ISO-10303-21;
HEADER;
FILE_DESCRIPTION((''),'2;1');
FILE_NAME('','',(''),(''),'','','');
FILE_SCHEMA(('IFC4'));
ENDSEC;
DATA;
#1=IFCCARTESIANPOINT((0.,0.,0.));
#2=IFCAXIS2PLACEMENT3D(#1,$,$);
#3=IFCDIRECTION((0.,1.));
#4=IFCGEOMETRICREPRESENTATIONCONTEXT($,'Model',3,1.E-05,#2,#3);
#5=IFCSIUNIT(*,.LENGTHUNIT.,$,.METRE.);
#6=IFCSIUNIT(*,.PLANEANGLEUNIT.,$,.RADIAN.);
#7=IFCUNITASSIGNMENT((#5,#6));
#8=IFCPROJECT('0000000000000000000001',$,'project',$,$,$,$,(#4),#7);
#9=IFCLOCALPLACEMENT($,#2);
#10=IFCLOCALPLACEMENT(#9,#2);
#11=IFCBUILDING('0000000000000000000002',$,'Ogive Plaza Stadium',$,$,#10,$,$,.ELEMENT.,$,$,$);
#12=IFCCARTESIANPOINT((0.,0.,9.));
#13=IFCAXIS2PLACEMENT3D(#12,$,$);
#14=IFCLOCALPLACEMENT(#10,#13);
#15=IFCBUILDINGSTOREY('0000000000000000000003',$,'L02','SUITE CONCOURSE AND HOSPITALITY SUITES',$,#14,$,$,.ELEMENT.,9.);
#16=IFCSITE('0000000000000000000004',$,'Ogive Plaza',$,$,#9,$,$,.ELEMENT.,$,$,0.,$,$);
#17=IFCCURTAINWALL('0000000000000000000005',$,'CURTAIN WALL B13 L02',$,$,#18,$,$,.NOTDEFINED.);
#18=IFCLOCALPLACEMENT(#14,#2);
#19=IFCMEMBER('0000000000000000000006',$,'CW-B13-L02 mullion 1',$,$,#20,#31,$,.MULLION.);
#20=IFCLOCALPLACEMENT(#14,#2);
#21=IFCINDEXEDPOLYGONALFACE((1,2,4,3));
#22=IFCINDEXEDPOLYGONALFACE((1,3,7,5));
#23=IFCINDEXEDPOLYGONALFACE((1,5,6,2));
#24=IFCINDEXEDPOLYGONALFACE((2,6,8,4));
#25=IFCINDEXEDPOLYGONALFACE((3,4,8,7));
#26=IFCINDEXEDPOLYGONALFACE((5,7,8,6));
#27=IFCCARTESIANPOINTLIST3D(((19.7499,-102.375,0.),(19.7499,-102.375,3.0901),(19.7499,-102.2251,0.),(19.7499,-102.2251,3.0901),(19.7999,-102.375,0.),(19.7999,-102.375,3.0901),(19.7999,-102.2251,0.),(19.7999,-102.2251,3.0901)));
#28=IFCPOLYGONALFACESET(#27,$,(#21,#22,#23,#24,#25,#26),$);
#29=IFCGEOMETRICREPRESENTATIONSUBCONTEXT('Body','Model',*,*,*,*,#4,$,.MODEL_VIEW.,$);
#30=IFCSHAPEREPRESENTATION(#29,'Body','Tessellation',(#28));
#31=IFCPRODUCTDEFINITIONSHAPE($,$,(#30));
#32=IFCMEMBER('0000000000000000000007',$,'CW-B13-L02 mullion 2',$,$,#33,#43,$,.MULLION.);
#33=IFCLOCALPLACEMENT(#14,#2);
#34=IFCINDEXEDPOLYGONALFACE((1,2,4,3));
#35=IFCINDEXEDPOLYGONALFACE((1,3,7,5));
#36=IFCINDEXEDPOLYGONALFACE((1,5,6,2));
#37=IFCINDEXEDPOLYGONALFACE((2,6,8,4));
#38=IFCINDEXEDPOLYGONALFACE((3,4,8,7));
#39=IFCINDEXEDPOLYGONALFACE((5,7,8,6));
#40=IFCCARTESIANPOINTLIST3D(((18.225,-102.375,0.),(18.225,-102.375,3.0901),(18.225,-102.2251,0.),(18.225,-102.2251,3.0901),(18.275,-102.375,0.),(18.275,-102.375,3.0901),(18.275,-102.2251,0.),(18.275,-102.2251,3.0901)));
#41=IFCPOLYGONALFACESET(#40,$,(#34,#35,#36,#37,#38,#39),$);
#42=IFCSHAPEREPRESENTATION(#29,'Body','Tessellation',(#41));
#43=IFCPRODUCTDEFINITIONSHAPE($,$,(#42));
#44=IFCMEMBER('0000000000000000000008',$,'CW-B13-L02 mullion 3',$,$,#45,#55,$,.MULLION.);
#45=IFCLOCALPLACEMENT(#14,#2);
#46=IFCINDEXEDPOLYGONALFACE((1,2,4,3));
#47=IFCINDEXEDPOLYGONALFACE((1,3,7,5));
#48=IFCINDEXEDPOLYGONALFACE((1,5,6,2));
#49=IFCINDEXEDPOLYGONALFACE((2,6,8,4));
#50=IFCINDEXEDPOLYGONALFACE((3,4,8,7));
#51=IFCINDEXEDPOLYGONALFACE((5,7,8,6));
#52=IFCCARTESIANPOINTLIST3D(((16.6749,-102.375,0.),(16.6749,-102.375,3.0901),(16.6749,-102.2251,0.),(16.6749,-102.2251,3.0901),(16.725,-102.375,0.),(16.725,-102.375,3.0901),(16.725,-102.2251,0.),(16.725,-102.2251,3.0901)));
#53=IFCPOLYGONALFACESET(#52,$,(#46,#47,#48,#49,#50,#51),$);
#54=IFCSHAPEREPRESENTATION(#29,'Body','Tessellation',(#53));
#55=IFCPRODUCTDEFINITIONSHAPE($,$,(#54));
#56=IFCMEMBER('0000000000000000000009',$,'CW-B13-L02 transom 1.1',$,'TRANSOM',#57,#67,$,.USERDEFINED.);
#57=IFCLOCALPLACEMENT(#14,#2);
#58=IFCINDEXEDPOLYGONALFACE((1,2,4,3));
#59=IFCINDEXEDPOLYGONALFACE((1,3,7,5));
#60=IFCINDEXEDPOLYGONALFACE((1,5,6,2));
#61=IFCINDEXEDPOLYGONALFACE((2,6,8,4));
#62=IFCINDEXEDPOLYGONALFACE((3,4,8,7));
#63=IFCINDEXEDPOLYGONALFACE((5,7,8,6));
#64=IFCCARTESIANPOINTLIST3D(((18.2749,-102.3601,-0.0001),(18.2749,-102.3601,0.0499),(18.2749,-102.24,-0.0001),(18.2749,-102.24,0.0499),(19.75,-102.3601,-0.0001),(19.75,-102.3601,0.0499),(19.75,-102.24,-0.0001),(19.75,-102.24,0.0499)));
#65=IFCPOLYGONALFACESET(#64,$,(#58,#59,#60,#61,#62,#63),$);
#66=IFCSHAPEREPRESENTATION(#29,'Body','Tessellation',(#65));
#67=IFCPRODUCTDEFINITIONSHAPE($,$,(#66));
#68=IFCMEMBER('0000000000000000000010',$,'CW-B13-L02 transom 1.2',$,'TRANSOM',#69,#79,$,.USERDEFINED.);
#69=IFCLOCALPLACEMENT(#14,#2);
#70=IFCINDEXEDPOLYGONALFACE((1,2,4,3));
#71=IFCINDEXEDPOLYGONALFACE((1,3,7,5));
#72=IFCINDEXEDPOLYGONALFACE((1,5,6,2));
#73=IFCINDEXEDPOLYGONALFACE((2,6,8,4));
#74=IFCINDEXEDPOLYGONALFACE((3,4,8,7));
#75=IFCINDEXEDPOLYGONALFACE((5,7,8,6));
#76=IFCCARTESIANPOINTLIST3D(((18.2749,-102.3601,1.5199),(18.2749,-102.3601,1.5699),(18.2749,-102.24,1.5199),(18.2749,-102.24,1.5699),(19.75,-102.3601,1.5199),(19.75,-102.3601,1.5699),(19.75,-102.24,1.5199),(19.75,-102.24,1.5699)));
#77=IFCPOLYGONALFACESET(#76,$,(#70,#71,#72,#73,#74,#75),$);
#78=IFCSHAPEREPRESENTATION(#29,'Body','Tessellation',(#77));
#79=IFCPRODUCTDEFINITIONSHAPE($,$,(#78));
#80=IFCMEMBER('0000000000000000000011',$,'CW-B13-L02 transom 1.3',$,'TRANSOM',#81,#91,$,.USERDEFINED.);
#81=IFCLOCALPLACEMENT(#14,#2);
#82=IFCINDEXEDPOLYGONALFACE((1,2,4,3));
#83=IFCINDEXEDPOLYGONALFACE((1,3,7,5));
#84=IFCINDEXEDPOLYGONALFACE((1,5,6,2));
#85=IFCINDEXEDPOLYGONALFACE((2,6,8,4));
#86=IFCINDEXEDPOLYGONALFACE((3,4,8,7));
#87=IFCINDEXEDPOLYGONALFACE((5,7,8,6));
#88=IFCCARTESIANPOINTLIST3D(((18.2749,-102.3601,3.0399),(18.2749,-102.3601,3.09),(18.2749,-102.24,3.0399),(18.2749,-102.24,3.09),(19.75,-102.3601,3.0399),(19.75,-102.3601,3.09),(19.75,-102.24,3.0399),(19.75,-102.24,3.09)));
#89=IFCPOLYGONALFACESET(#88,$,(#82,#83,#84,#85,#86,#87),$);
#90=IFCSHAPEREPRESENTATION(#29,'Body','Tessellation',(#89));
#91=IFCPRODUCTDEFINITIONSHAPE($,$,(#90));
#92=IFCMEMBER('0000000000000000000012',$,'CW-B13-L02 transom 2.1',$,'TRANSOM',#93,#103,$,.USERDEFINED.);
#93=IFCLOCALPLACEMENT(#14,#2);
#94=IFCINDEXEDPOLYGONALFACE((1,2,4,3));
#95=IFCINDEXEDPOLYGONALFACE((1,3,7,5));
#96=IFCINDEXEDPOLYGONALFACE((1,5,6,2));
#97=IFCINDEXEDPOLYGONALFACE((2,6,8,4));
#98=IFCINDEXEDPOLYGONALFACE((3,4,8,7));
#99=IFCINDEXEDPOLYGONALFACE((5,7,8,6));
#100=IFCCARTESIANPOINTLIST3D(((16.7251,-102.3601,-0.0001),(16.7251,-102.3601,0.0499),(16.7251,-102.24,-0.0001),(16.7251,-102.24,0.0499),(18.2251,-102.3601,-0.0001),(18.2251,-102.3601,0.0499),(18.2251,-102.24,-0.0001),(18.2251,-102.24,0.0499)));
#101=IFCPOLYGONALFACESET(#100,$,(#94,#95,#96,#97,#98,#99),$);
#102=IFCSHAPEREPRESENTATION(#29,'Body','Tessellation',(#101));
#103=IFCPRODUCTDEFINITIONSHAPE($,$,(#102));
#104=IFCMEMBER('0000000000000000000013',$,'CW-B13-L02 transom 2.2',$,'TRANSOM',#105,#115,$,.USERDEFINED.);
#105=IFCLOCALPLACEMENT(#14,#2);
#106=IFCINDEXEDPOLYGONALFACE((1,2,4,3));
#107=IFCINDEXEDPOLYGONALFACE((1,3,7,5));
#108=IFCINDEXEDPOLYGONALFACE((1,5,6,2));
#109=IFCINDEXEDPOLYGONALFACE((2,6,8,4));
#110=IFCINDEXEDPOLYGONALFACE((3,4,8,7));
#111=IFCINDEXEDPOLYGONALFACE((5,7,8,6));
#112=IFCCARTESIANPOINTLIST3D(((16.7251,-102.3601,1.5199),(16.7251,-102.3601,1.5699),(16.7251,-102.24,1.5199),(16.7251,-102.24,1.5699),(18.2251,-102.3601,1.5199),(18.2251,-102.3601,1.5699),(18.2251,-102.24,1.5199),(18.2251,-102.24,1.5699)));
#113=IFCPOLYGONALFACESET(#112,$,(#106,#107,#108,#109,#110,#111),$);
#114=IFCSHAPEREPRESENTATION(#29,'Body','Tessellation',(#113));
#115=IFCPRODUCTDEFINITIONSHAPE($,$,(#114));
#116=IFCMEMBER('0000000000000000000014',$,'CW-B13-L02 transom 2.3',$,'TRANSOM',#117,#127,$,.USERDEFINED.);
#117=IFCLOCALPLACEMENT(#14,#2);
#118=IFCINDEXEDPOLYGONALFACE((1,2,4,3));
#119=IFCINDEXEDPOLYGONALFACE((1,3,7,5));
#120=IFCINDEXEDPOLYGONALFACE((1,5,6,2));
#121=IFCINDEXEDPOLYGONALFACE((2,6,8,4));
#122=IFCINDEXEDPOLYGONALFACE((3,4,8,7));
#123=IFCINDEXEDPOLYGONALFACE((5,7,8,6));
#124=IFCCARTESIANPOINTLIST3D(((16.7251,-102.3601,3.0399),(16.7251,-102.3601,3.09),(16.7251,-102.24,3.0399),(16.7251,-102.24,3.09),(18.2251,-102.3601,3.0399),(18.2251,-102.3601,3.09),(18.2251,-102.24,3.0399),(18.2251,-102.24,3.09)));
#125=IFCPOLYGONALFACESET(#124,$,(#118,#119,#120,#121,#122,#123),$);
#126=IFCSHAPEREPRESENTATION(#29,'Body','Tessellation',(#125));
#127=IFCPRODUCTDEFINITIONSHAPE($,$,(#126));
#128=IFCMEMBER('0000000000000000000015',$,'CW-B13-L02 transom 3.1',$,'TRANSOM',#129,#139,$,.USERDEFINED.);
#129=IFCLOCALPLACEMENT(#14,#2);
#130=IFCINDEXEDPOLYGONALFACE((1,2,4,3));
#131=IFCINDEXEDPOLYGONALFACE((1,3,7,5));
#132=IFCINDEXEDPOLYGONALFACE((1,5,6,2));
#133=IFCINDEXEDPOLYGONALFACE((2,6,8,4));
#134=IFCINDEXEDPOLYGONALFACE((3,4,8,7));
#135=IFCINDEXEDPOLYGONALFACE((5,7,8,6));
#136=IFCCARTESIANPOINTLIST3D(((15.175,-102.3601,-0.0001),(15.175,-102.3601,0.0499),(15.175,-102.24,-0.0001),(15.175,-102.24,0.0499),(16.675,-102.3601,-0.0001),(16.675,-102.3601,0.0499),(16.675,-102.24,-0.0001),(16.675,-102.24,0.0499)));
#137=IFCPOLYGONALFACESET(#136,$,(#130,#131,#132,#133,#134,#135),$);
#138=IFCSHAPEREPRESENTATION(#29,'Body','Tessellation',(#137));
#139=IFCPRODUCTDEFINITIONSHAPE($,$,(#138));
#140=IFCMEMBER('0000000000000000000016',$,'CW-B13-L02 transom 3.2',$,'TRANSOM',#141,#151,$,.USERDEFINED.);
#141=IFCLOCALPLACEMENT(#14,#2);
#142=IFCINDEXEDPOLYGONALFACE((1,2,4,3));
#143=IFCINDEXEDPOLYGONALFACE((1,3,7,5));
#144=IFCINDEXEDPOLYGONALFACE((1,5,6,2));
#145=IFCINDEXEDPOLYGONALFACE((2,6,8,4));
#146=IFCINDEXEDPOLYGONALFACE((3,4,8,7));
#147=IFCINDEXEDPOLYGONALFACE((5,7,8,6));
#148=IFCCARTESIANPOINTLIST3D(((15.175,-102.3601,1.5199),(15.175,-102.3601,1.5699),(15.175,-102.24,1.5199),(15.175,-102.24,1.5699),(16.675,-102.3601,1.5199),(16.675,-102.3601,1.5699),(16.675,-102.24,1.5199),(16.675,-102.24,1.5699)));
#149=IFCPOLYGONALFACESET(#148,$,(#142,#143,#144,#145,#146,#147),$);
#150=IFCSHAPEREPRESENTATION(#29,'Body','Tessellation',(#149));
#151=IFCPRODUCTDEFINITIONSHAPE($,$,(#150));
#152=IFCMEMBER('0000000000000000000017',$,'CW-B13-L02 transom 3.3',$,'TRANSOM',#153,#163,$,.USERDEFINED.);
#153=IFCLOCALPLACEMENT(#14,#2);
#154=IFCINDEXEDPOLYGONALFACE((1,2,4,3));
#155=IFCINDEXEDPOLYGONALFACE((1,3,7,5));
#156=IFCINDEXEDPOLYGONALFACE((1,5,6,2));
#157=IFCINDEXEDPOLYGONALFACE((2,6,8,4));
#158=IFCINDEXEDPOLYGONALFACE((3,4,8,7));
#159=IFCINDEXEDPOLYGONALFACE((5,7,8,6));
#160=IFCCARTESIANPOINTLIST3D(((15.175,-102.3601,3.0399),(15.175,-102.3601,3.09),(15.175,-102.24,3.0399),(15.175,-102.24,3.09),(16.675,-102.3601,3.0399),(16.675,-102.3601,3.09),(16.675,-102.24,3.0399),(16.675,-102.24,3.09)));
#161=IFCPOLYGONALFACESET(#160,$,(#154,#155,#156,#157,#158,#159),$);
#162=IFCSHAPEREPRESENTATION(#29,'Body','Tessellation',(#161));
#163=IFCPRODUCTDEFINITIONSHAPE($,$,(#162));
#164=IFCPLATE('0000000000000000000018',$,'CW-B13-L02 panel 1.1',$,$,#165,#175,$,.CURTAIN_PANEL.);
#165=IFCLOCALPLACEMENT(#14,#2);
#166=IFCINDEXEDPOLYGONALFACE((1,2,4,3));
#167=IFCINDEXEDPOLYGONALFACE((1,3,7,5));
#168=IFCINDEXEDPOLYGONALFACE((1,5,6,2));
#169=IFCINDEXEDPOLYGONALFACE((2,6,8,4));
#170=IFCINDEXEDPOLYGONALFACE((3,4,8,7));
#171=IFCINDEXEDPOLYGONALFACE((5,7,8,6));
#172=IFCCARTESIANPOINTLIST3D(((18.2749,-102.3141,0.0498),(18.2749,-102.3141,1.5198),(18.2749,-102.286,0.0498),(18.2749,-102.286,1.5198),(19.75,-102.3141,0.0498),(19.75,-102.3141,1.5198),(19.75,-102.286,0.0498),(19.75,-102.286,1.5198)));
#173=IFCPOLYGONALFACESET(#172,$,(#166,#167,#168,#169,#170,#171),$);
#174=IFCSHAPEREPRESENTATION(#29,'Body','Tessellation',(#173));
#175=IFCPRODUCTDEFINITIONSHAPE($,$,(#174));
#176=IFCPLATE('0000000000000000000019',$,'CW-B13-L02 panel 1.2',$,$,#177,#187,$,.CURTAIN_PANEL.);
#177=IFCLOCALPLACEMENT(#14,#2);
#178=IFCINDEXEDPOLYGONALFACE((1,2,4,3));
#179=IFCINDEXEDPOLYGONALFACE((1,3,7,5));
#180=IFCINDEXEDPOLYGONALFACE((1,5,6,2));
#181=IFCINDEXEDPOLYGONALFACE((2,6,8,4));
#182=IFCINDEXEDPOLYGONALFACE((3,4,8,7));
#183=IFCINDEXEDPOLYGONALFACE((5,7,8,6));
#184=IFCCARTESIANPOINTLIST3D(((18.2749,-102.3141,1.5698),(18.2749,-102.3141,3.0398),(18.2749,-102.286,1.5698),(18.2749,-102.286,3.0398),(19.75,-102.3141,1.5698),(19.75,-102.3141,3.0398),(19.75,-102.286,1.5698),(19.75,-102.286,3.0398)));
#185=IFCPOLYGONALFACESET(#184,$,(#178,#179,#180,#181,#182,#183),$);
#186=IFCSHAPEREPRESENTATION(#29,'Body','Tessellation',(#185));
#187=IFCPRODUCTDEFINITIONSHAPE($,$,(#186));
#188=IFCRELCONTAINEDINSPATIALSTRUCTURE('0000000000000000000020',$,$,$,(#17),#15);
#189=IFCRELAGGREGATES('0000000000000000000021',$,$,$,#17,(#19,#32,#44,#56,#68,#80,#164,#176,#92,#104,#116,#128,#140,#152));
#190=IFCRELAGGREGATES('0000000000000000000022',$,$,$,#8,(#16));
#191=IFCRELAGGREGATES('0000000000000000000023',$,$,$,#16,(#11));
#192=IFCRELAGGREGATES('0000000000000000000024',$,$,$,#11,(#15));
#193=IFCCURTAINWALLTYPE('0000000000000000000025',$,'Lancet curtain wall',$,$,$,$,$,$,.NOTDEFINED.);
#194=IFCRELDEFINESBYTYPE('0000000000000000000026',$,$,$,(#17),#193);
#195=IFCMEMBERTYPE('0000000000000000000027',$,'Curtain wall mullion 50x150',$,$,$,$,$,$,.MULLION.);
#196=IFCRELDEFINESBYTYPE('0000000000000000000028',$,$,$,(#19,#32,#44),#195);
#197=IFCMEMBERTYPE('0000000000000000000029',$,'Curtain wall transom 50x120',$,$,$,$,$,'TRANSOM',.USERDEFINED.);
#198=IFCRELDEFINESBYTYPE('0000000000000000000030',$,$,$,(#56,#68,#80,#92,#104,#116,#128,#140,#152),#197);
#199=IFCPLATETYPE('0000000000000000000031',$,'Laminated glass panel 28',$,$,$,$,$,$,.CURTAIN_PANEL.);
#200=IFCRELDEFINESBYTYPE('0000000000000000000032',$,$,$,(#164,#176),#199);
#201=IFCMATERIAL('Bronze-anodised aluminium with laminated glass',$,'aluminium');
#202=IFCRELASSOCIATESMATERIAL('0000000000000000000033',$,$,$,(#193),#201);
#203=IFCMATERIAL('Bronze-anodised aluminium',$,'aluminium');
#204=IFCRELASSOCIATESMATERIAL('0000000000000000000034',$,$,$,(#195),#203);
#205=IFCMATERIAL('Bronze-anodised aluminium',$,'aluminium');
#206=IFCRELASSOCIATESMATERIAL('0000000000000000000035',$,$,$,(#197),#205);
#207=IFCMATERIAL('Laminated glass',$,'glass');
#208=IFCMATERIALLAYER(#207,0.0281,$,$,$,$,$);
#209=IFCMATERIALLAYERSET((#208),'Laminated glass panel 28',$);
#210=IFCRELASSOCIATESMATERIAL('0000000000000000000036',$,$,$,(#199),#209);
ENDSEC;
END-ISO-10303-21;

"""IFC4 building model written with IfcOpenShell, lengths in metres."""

from ifc_helpers import new_model, si_unit, direction, frame, origin, origin_2d, place, context, subcontext, project, spatial, rectangle, extrude, material, layer, layer_set, material_profile, profile_set, type_object, element, aggregate, save


model = new_model("IFC4")

# Units and contexts
model_context = context("Model", 3, precision=1e-05, world=origin(), true_north=direction((0.0, 1.0)))
body_context = subcontext(model_context, "Body", "Model", "MODEL_VIEW")
ifc_project = project(units=[si_unit("LENGTHUNIT", "METRE"), si_unit("PLANEANGLEUNIT", "RADIAN")], contexts=[model_context])

# Site, building, storey
site_placement = place(None, origin())
site = spatial("IfcSite", under=ifc_project, at=site_placement, Name="Ogive Plaza", CompositionType="ELEMENT", RefElevation=0.0)
building_placement = place(site_placement, origin())
building = spatial("IfcBuilding", under=site, at=building_placement, Name="Ogive Plaza Stadium", CompositionType="ELEMENT")
storey_placement = place(building_placement, frame((0.0, 0.0, 9.0)))
storey = spatial("IfcBuildingStorey", under=building, at=storey_placement, Name="L02", Description="SUITE CONCOURSE AND HOSPITALITY SUITES", CompositionType="ELEMENT", Elevation=9.0)

# Curtain wall, members, plates
ifc_material_1 = material(Name="Bronze-anodised aluminium with laminated glass", Category="aluminium")
curtain_wall_type = type_object("IfcCurtainWallType", Name="Lancet curtain wall", PredefinedType="NOTDEFINED", material=ifc_material_1)
curtain_wall_placement = place(storey_placement, origin())
curtain_wall = element("IfcCurtainWall", 1, at=curtain_wall_placement, inside=storey, type_object=curtain_wall_type, Name="CURTAIN WALL B13 L02", PredefinedType="NOTDEFINED")
ifc_material_2 = material(Name="Bronze-anodised aluminium", Category="aluminium")
ifc_material_profile_1 = material_profile(ifc_material_2, rectangle(XDim=0.1499, YDim=0.05, at=origin_2d()), Name="AL 150x50")
ifc_profile_set_1 = profile_set([ifc_material_profile_1], Name="Bronze-anodised aluminium")
member_type_1 = type_object("IfcMemberType", Name="Curtain wall mullion 50x150", PredefinedType="MULLION", material=ifc_profile_set_1)
member_1_placement = place(storey_placement, frame((19.7749, -102.3, 0.0), z_axis=(0.0, 0.0, 1.0), x_axis=(0.0, -1.0, 0.0)))
member_1 = element("IfcMember", 2, at=member_1_placement, type_object=member_type_1, Name="CW-B13-L02 mullion 1", PredefinedType="MULLION", context=body_context, shape_type="SweptSolid", body=[
    extrude(rectangle(XDim=0.1499, YDim=0.05, at=origin_2d()), origin(), (0.0, 0.0, 1.0), 3.0901),
])
member_2_placement = place(storey_placement, frame((18.25, -102.3, 0.0), z_axis=(0.0, 0.0, 1.0), x_axis=(0.0, -1.0, 0.0)))
member_2 = element("IfcMember", 3, at=member_2_placement, type_object=member_type_1, Name="CW-B13-L02 mullion 2", PredefinedType="MULLION", context=body_context, shape_type="SweptSolid", body=[
    extrude(rectangle(XDim=0.1499, YDim=0.05, at=origin_2d()), origin(), (0.0, 0.0, 1.0), 3.0901),
])
member_3_placement = place(storey_placement, frame((16.7, -102.3, 0.0), z_axis=(0.0, 0.0, 1.0), x_axis=(0.0, -1.0, 0.0)))
member_3 = element("IfcMember", 4, at=member_3_placement, type_object=member_type_1, Name="CW-B13-L02 mullion 3", PredefinedType="MULLION", context=body_context, shape_type="SweptSolid", body=[
    extrude(rectangle(XDim=0.1499, YDim=0.05, at=origin_2d()), origin(), (0.0, 0.0, 1.0), 3.0901),
])
ifc_material_3 = material(Name="Bronze-anodised aluminium", Category="aluminium")
ifc_material_profile_2 = material_profile(ifc_material_3, rectangle(XDim=0.1201, YDim=0.05, at=origin_2d()), Name="AL 120x50")
ifc_profile_set_2 = profile_set([ifc_material_profile_2], Name="Bronze-anodised aluminium")
member_type_2 = type_object("IfcMemberType", Name="Curtain wall transom 50x120", ElementType="TRANSOM", PredefinedType="USERDEFINED", material=ifc_profile_set_2)
member_4_placement = place(storey_placement, frame((19.75, -102.3, 0.0249), z_axis=(-1.0, 0.0, 0.0), x_axis=(0.0, -1.0, 0.0)))
member_4 = element("IfcMember", 5, at=member_4_placement, type_object=member_type_2, Name="CW-B13-L02 transom 1.1", ObjectType="TRANSOM", PredefinedType="USERDEFINED", context=body_context, shape_type="SweptSolid", body=[
    extrude(rectangle(XDim=0.1201, YDim=0.05, at=origin_2d()), origin(), (0.0, 0.0, 1.0), 1.4751),
])
member_5_placement = place(storey_placement, frame((19.75, -102.3, 1.5449), z_axis=(-1.0, 0.0, 0.0), x_axis=(0.0, -1.0, 0.0)))
member_5 = element("IfcMember", 6, at=member_5_placement, type_object=member_type_2, Name="CW-B13-L02 transom 1.2", ObjectType="TRANSOM", PredefinedType="USERDEFINED", context=body_context, shape_type="SweptSolid", body=[
    extrude(rectangle(XDim=0.1201, YDim=0.05, at=origin_2d()), origin(), (0.0, 0.0, 1.0), 1.4751),
])
member_6_placement = place(storey_placement, frame((19.75, -102.3, 3.0649), z_axis=(-1.0, 0.0, 0.0), x_axis=(0.0, -1.0, 0.0)))
member_6 = element("IfcMember", 7, at=member_6_placement, type_object=member_type_2, Name="CW-B13-L02 transom 1.3", ObjectType="TRANSOM", PredefinedType="USERDEFINED", context=body_context, shape_type="SweptSolid", body=[
    extrude(rectangle(XDim=0.1201, YDim=0.05, at=origin_2d()), origin(), (0.0, 0.0, 1.0), 1.4751),
])
member_7_placement = place(storey_placement, frame((18.2251, -102.3, 0.0249), z_axis=(-1.0, 0.0, 0.0), x_axis=(0.0, -1.0, 0.0)))
member_7 = element("IfcMember", 8, at=member_7_placement, type_object=member_type_2, Name="CW-B13-L02 transom 2.1", ObjectType="TRANSOM", PredefinedType="USERDEFINED", context=body_context, shape_type="SweptSolid", body=[
    extrude(rectangle(XDim=0.1201, YDim=0.05, at=origin_2d()), origin(), (0.0, 0.0, 1.0), 1.5),
])
member_8_placement = place(storey_placement, frame((18.2251, -102.3, 1.5449), z_axis=(-1.0, 0.0, 0.0), x_axis=(0.0, -1.0, 0.0)))
member_8 = element("IfcMember", 9, at=member_8_placement, type_object=member_type_2, Name="CW-B13-L02 transom 2.2", ObjectType="TRANSOM", PredefinedType="USERDEFINED", context=body_context, shape_type="SweptSolid", body=[
    extrude(rectangle(XDim=0.1201, YDim=0.05, at=origin_2d()), origin(), (0.0, 0.0, 1.0), 1.5),
])
member_9_placement = place(storey_placement, frame((18.2251, -102.3, 3.0649), z_axis=(-1.0, 0.0, 0.0), x_axis=(0.0, -1.0, 0.0)))
member_9 = element("IfcMember", 10, at=member_9_placement, type_object=member_type_2, Name="CW-B13-L02 transom 2.3", ObjectType="TRANSOM", PredefinedType="USERDEFINED", context=body_context, shape_type="SweptSolid", body=[
    extrude(rectangle(XDim=0.1201, YDim=0.05, at=origin_2d()), origin(), (0.0, 0.0, 1.0), 1.5),
])
member_10_placement = place(storey_placement, frame((16.675, -102.3, 0.0249), z_axis=(-1.0, 0.0, 0.0), x_axis=(0.0, -1.0, 0.0)))
member_10 = element("IfcMember", 11, at=member_10_placement, type_object=member_type_2, Name="CW-B13-L02 transom 3.1", ObjectType="TRANSOM", PredefinedType="USERDEFINED", context=body_context, shape_type="SweptSolid", body=[
    extrude(rectangle(XDim=0.1201, YDim=0.05, at=origin_2d()), origin(), (0.0, 0.0, 1.0), 1.5),
])
member_11_placement = place(storey_placement, frame((16.675, -102.3, 1.5449), z_axis=(-1.0, 0.0, 0.0), x_axis=(0.0, -1.0, 0.0)))
member_11 = element("IfcMember", 12, at=member_11_placement, type_object=member_type_2, Name="CW-B13-L02 transom 3.2", ObjectType="TRANSOM", PredefinedType="USERDEFINED", context=body_context, shape_type="SweptSolid", body=[
    extrude(rectangle(XDim=0.1201, YDim=0.05, at=origin_2d()), origin(), (0.0, 0.0, 1.0), 1.5),
])
member_12_placement = place(storey_placement, frame((16.675, -102.3, 3.0649), z_axis=(-1.0, 0.0, 0.0), x_axis=(0.0, -1.0, 0.0)))
member_12 = element("IfcMember", 13, at=member_12_placement, type_object=member_type_2, Name="CW-B13-L02 transom 3.3", ObjectType="TRANSOM", PredefinedType="USERDEFINED", context=body_context, shape_type="SweptSolid", body=[
    extrude(rectangle(XDim=0.1201, YDim=0.05, at=origin_2d()), origin(), (0.0, 0.0, 1.0), 1.5),
])
ifc_material_4 = material(Name="Laminated glass", Category="glass")
ifc_layer_1 = layer(ifc_material_4, 0.0281)
ifc_layer_set_1 = layer_set([ifc_layer_1], Name="Laminated glass panel 28")
plate_type = type_object("IfcPlateType", Name="Laminated glass panel 28", PredefinedType="CURTAIN_PANEL", material=ifc_layer_set_1)
plate_1_placement = place(storey_placement, frame((19.0125, -102.3, 0.0498), z_axis=(0.0, 0.0, 1.0), x_axis=(-1.0, 0.0, 0.0)))
plate_1 = element("IfcPlate", 14, at=plate_1_placement, type_object=plate_type, Name="CW-B13-L02 panel 1.1", PredefinedType="CURTAIN_PANEL", context=body_context, shape_type="SweptSolid", body=[
    extrude(rectangle(XDim=1.4751, YDim=0.0281, at=origin_2d()), origin(), (0.0, 0.0, 1.0), 1.47),
])
plate_2_placement = place(storey_placement, frame((19.0125, -102.3, 1.5698), z_axis=(0.0, 0.0, 1.0), x_axis=(-1.0, 0.0, 0.0)))
plate_2 = element("IfcPlate", 15, at=plate_2_placement, type_object=plate_type, Name="CW-B13-L02 panel 1.2", PredefinedType="CURTAIN_PANEL", context=body_context, shape_type="SweptSolid", body=[
    extrude(rectangle(XDim=1.4751, YDim=0.0281, at=origin_2d()), origin(), (0.0, 0.0, 1.0), 1.47),
])
aggregate(curtain_wall, [member_1, member_2, member_3, member_4, member_5, member_6, plate_1, plate_2, member_7, member_8, member_9, member_10, member_11, member_12])

save(model, "model.ifc")
